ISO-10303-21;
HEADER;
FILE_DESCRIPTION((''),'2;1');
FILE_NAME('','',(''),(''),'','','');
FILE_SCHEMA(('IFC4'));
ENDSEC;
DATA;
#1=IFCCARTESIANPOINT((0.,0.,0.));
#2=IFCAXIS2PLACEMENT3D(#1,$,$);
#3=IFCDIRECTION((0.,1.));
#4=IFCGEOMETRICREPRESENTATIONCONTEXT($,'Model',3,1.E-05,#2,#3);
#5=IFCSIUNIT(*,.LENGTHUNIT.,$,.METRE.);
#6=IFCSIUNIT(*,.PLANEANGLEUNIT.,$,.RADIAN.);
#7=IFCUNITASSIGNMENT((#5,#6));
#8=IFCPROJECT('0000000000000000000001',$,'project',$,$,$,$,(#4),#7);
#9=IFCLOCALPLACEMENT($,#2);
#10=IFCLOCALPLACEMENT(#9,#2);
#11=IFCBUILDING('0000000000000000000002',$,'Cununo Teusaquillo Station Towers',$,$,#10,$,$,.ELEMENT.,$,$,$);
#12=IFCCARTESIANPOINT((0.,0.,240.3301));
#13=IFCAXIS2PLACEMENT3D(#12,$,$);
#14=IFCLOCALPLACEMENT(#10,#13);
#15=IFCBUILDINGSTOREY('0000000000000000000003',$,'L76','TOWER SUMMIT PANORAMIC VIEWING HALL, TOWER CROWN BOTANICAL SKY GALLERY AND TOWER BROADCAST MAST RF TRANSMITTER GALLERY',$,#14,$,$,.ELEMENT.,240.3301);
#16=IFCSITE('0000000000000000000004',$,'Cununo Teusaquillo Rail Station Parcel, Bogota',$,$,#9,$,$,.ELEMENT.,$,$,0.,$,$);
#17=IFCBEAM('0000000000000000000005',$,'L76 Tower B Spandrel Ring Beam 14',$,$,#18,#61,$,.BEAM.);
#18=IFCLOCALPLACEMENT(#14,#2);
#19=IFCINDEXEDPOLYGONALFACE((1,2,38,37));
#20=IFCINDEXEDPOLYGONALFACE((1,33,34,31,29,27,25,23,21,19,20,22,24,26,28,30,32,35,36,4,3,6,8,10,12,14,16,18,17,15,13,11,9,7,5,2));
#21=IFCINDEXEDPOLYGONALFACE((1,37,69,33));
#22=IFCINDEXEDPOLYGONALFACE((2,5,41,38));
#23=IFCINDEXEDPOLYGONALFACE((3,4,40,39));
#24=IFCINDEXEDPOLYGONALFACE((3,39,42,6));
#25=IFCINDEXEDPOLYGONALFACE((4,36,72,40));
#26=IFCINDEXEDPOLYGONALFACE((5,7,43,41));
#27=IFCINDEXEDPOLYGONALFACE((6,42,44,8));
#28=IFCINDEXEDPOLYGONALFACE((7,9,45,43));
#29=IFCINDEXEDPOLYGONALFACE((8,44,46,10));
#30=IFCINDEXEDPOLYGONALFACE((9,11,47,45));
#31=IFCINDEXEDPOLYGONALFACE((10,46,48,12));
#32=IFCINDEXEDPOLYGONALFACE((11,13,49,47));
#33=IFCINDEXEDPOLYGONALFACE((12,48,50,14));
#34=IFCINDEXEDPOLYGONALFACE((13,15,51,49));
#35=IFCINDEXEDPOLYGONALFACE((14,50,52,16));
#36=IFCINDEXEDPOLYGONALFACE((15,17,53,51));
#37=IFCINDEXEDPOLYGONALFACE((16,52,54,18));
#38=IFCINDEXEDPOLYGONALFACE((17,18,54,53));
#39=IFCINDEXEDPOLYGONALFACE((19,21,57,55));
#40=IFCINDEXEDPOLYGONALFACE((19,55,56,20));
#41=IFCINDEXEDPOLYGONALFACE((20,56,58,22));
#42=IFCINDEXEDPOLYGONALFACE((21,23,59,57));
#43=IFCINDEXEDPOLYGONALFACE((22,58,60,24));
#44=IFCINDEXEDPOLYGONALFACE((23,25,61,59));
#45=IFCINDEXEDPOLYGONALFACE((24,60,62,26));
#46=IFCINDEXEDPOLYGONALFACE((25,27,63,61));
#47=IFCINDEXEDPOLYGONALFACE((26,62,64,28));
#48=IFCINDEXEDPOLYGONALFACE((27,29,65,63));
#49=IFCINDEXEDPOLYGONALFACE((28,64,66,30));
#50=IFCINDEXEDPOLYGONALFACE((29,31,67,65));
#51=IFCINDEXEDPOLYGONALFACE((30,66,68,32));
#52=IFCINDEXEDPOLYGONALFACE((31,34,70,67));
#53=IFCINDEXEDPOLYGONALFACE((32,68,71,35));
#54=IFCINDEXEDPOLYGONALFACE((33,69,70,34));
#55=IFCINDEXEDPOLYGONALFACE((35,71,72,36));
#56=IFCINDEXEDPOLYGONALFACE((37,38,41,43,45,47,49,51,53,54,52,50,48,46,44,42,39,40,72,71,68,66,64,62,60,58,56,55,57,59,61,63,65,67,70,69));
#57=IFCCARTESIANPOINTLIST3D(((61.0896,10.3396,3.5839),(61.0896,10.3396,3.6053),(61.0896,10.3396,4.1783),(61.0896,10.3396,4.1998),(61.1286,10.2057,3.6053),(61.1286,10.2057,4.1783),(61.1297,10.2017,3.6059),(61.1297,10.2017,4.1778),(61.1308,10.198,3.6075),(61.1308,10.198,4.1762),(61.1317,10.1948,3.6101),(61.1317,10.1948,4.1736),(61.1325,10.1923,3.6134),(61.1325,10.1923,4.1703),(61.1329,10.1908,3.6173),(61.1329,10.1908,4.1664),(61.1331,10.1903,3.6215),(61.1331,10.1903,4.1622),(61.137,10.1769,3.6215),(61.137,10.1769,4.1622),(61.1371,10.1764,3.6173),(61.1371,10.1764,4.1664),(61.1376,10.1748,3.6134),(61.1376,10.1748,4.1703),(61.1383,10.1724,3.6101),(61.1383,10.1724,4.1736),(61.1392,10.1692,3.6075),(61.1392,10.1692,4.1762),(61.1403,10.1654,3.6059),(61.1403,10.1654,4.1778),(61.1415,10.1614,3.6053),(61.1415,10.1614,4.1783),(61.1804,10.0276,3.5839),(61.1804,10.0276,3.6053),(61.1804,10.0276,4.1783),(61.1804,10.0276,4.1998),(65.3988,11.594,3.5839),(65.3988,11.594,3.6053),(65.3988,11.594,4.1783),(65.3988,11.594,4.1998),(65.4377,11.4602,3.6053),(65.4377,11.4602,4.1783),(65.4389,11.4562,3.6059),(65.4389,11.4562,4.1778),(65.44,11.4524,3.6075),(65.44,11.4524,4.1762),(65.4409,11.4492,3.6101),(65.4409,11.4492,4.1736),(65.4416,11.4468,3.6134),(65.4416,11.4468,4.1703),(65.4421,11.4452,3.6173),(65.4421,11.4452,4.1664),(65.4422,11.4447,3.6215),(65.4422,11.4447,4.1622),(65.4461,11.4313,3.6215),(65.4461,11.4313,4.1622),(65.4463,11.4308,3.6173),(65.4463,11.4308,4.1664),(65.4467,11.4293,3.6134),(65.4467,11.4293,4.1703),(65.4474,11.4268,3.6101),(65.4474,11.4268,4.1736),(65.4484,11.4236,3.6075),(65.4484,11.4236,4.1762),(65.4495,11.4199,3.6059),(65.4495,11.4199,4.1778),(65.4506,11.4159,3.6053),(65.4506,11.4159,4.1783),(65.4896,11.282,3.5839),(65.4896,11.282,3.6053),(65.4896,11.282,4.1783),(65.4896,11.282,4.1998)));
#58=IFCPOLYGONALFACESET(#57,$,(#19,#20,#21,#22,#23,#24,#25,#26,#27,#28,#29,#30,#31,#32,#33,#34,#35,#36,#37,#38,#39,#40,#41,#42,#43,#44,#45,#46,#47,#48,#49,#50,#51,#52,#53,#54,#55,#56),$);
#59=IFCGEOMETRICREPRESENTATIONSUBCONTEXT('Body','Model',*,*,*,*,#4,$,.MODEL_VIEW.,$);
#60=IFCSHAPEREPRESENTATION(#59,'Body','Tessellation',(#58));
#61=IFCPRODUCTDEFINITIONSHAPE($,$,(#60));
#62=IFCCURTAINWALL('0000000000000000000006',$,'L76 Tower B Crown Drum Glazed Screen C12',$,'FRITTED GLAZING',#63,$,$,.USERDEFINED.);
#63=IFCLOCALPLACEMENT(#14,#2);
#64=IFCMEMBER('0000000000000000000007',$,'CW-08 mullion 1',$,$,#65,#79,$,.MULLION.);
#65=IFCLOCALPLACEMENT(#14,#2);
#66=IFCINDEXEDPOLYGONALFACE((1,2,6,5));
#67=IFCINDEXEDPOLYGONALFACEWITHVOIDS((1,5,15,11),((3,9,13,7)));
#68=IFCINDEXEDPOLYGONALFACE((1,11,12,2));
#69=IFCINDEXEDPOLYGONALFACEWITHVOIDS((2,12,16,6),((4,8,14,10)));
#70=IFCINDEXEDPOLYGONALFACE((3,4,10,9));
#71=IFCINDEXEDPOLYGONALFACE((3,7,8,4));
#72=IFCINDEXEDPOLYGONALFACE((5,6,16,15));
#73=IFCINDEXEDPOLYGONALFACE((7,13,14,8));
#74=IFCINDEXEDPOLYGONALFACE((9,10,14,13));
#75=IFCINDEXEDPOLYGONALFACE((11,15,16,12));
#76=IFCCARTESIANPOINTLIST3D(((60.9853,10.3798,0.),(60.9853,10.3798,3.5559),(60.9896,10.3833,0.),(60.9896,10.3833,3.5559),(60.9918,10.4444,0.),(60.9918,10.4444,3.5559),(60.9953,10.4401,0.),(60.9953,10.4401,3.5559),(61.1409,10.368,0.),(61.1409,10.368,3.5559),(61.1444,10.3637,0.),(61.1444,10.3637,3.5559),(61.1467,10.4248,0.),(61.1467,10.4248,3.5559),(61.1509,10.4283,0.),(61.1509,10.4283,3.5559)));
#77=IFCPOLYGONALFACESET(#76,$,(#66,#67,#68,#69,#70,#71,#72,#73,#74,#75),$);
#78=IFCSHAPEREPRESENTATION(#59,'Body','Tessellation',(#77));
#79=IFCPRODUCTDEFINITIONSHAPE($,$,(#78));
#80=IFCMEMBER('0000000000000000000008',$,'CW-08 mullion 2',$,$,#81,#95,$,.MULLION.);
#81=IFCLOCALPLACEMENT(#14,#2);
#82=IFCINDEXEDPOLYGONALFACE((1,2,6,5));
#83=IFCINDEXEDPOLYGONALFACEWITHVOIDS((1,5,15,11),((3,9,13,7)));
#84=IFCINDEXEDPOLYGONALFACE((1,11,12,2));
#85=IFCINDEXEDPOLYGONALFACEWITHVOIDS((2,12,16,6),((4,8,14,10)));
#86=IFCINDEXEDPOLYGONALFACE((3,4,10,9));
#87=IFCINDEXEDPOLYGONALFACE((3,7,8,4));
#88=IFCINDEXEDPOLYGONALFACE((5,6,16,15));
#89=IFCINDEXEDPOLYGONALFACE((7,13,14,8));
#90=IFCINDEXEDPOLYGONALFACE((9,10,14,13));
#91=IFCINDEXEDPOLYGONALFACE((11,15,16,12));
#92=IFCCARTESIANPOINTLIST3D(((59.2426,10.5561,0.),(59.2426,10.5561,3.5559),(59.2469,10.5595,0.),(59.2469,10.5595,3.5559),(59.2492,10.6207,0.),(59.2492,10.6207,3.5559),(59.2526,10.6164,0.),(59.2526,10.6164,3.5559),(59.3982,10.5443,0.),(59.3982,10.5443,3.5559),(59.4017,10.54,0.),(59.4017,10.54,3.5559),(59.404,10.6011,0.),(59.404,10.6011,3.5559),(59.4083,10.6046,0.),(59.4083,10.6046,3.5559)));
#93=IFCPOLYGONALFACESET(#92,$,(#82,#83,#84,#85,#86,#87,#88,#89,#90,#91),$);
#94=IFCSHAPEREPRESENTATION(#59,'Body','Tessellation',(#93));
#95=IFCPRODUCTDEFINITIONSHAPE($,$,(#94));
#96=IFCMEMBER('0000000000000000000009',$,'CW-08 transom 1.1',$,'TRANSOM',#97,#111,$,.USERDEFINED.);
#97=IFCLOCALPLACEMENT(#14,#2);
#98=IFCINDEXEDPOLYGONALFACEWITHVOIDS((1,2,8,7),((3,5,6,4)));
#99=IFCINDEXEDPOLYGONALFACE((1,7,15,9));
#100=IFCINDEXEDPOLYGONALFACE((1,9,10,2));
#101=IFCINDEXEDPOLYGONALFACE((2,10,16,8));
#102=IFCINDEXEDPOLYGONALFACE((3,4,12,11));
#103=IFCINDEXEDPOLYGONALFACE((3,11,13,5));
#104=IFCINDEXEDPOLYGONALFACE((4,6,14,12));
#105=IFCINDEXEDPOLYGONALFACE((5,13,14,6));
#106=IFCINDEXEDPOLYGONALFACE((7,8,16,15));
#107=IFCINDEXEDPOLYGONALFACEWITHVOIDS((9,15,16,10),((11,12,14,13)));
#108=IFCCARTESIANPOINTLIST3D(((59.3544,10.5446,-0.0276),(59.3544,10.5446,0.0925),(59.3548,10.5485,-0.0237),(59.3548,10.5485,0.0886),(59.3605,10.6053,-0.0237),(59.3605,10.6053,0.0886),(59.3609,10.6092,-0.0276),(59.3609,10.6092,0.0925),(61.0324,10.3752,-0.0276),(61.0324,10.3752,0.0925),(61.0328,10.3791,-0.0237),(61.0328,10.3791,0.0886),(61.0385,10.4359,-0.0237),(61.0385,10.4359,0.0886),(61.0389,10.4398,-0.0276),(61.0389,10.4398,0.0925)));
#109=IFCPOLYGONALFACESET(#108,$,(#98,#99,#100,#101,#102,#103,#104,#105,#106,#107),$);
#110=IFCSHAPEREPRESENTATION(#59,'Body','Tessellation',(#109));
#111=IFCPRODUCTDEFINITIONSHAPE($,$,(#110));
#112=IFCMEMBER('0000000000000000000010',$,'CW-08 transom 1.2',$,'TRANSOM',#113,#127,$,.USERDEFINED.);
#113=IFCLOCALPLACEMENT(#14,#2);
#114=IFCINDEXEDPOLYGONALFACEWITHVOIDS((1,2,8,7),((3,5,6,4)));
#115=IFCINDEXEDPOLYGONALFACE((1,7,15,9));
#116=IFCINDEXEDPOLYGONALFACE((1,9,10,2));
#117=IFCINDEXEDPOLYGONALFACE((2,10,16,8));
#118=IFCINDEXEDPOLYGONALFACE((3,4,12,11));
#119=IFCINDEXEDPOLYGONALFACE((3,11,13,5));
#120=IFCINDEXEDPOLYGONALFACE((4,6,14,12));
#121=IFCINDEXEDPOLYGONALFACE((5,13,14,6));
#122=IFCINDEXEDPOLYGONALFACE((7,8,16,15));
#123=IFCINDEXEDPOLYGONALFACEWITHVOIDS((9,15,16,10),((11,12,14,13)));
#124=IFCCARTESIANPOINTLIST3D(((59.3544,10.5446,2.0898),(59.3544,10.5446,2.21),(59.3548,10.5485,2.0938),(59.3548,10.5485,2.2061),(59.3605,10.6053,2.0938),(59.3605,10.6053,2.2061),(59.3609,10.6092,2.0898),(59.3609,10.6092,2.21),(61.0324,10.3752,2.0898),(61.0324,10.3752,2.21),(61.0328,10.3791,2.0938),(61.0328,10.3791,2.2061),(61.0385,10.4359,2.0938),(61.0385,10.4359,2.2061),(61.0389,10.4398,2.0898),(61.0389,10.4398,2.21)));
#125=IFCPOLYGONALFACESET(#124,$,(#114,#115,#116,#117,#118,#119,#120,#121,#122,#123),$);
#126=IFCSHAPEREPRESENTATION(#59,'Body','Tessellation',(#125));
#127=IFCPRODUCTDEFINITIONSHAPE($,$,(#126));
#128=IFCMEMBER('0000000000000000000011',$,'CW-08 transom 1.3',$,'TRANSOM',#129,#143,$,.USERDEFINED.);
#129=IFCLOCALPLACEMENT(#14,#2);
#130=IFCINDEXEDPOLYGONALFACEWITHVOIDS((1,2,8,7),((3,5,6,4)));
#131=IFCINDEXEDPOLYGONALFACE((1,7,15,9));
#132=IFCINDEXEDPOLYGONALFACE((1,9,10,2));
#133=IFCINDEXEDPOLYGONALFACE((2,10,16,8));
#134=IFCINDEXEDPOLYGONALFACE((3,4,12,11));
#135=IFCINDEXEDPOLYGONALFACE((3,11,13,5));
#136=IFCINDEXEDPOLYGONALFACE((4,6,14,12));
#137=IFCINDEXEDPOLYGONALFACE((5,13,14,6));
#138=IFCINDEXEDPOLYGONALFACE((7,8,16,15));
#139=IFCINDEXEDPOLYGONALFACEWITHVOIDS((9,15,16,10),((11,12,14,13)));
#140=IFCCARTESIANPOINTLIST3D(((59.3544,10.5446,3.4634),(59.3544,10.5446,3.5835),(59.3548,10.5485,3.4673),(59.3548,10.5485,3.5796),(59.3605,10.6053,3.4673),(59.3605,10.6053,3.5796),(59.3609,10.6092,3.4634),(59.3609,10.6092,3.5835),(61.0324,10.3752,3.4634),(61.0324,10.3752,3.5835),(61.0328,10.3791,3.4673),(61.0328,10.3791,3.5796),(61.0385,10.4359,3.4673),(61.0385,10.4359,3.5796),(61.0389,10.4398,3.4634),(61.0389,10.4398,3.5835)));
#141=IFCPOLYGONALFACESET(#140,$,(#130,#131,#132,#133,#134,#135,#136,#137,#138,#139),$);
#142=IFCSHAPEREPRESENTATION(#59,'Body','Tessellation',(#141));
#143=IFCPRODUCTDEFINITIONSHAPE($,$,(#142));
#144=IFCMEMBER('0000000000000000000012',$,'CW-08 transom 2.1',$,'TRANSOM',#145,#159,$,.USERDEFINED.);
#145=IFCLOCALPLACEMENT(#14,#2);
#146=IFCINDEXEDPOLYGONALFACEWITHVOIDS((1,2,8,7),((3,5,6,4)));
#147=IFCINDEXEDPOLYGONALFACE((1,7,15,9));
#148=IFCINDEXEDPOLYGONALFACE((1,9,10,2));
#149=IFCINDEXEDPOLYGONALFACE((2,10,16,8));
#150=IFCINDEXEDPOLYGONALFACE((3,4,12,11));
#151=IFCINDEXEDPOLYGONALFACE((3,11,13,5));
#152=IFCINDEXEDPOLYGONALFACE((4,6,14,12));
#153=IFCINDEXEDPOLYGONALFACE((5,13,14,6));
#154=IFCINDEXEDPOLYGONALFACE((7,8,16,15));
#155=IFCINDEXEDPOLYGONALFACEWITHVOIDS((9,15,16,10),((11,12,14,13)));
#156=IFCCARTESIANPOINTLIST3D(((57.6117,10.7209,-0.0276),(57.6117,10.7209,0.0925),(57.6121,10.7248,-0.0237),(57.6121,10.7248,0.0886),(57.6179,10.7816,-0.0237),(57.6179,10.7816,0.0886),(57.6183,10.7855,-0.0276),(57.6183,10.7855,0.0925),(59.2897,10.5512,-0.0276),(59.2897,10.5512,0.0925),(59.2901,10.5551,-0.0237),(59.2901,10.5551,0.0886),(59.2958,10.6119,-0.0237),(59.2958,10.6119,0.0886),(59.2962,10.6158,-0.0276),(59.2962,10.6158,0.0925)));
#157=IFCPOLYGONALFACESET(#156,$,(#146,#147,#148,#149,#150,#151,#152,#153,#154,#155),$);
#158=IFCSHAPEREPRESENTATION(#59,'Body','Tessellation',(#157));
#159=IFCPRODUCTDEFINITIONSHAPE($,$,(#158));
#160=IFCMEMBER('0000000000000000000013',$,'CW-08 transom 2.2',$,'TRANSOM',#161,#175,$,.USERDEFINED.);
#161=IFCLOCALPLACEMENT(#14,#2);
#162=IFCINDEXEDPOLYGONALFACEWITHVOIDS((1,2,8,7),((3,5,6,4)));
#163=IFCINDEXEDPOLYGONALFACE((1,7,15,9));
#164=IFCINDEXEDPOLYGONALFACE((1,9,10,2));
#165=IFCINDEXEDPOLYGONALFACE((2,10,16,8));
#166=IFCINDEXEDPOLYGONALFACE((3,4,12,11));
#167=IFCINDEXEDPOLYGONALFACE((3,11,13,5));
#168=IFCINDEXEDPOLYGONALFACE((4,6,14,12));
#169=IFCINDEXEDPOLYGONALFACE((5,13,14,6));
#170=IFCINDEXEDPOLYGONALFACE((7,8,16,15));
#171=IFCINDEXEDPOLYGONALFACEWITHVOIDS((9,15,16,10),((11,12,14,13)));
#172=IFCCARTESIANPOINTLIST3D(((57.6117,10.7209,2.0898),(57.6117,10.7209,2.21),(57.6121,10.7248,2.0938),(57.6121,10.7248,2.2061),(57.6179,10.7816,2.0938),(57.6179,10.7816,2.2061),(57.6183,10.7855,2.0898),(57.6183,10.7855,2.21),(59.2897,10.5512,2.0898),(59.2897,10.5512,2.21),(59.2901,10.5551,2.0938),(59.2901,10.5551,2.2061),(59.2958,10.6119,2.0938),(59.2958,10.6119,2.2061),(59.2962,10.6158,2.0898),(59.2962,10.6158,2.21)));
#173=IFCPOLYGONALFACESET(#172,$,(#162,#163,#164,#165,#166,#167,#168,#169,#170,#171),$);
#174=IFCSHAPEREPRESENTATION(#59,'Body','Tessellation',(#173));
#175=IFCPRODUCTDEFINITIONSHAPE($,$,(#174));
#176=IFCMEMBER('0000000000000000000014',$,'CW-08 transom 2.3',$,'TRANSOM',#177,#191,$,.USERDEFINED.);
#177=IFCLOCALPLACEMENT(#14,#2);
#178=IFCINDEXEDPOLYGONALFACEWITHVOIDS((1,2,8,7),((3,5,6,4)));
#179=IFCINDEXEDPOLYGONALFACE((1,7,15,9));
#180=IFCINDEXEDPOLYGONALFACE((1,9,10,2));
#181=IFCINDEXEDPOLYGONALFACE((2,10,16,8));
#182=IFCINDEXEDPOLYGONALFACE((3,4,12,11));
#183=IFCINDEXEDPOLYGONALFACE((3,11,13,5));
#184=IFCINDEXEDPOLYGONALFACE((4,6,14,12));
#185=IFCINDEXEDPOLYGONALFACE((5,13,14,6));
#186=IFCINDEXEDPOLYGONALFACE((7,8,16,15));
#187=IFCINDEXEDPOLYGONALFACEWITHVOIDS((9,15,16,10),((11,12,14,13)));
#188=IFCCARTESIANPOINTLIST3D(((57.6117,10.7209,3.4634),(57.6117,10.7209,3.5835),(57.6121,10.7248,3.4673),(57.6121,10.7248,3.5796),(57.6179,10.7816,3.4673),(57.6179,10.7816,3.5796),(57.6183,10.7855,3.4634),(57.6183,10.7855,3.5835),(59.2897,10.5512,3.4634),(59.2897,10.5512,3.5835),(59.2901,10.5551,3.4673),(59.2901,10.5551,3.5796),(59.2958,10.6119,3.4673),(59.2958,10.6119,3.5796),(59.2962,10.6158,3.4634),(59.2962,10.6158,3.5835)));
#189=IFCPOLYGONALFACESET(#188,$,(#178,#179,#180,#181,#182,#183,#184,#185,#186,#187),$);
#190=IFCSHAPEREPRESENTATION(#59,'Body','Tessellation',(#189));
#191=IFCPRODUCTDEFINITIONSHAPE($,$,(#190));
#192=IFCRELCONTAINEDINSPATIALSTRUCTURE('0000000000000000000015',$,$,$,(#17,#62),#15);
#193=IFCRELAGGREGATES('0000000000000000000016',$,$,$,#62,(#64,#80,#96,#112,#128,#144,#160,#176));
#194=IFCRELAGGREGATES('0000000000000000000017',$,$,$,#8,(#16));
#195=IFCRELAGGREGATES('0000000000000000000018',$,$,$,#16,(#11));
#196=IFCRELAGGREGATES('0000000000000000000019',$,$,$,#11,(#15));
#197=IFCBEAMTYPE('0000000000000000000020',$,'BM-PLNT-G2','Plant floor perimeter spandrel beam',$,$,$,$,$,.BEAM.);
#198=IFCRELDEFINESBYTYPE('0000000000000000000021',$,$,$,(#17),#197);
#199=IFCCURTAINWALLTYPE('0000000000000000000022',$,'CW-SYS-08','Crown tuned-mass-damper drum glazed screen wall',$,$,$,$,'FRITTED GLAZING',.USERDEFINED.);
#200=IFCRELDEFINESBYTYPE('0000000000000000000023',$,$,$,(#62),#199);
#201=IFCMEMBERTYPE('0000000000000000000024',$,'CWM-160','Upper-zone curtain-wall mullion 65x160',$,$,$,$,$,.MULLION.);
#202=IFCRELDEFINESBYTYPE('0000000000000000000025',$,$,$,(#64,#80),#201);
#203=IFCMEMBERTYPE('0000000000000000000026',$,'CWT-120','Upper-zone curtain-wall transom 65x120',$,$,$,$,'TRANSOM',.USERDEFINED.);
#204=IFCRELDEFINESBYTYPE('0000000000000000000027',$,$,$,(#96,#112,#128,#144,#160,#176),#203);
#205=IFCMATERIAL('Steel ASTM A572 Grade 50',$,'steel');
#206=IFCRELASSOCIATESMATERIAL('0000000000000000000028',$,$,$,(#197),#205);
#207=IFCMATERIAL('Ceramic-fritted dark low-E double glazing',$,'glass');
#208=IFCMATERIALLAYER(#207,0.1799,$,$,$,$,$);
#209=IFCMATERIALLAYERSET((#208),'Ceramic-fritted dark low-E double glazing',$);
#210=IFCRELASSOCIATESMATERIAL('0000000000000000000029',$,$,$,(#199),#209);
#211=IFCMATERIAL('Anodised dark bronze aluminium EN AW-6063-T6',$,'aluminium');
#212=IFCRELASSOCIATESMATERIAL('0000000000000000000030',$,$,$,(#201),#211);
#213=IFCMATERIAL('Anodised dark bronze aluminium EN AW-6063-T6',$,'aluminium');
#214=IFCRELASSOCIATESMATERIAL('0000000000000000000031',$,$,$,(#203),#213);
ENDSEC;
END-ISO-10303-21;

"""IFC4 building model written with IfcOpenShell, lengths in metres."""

from ifc_helpers import new_model, si_unit, direction, frame, origin, origin_2d, place, context, subcontext, project, spatial, hollow_rectangle, i_section, extrude, material, layer, layer_set, material_profile, profile_set, type_object, element, aggregate, save


model = new_model("IFC4")

# Units and contexts
model_context = context("Model", 3, precision=1e-05, world=origin(), true_north=direction((0.0, 1.0)))
body_context = subcontext(model_context, "Body", "Model", "MODEL_VIEW")
ifc_project = project(units=[si_unit("LENGTHUNIT", "METRE"), si_unit("PLANEANGLEUNIT", "RADIAN")], contexts=[model_context])

# Site, building, storey
site_placement = place(None, origin())
site = spatial("IfcSite", under=ifc_project, at=site_placement, Name="Cununo Teusaquillo Rail Station Parcel, Bogota", CompositionType="ELEMENT", RefElevation=0.0)
building_placement = place(site_placement, origin())
building = spatial("IfcBuilding", under=site, at=building_placement, Name="Cununo Teusaquillo Station Towers", CompositionType="ELEMENT")
storey_placement = place(building_placement, frame((0.0, 0.0, 240.3301)))
storey = spatial("IfcBuildingStorey", under=building, at=storey_placement, Name="L76", Description="TOWER SUMMIT PANORAMIC VIEWING HALL, TOWER CROWN BOTANICAL SKY GALLERY AND TOWER BROADCAST MAST RF TRANSMITTER GALLERY", CompositionType="ELEMENT", Elevation=240.3301)

# Beam
ifc_material_1 = material(Name="Steel ASTM A572 Grade 50", Category="steel")
ifc_material_profile_1 = material_profile(ifc_material_1, i_section(OverallWidth=0.325, OverallDepth=0.616, WebThickness=0.0139, FlangeThickness=0.0215, FilletRadius=0.0161, at=origin_2d()), Name="W24X117")
ifc_profile_set_1 = profile_set([ifc_material_profile_1], Name="Steel ASTM A572 Grade 50")
beam_type_1 = type_object("IfcBeamType", Name="BM-PLNT-G2", Description="Plant floor perimeter spandrel beam", PredefinedType="BEAM", material=ifc_profile_set_1)
beam_1_placement = place(storey_placement, frame((61.135, 10.1836, 3.8918), z_axis=(0.960145, 0.279503, 0.0), x_axis=(-0.279503, 0.960145, 0.0)))
element("IfcBeam", 1, at=beam_1_placement, inside=storey, type_object=beam_type_1, Name="L76 Tower B Spandrel Ring Beam 14", PredefinedType="BEAM", context=body_context, shape_type="SweptSolid", body=[
    extrude(i_section(OverallWidth=0.325, OverallDepth=0.616, WebThickness=0.0139, FlangeThickness=0.0215, FilletRadius=0.0161, at=origin_2d()), origin(), (0.0, 0.0, 1.0), 4.488),
])

# Curtain wall, members
ifc_material_2 = material(Name="Ceramic-fritted dark low-E double glazing", Category="glass")
ifc_layer_1 = layer(ifc_material_2, 0.1799)
ifc_layer_set_1 = layer_set([ifc_layer_1], Name="Ceramic-fritted dark low-E double glazing")
curtain_wall_type = type_object("IfcCurtainWallType", Name="CW-SYS-08", Description="Crown tuned-mass-damper drum glazed screen wall", ElementType="FRITTED GLAZING", PredefinedType="USERDEFINED", material=ifc_layer_set_1)
curtain_wall_placement = place(storey_placement, origin())
curtain_wall = element("IfcCurtainWall", 2, at=curtain_wall_placement, inside=storey, type_object=curtain_wall_type, Name="L76 Tower B Crown Drum Glazed Screen C12", ObjectType="FRITTED GLAZING", PredefinedType="USERDEFINED")
ifc_material_3 = material(Name="Anodised dark bronze aluminium EN AW-6063-T6", Category="aluminium")
ifc_material_profile_2 = material_profile(ifc_material_3, hollow_rectangle(XDim=0.0649, YDim=0.1599, WallThickness=0.0039, at=origin_2d()), Name="CW-MULL-65x160")
ifc_profile_set_2 = profile_set([ifc_material_profile_2], Name="Anodised dark bronze aluminium EN AW-6063-T6")
member_type_1 = type_object("IfcMemberType", Name="CWM-160", Description="Upper-zone curtain-wall mullion 65x160", PredefinedType="MULLION", material=ifc_profile_set_2)
member_1_placement = place(storey_placement, frame((61.0681, 10.4041, 0.0), z_axis=(0.0, 0.0, 1.0), x_axis=(-0.100528, -0.994934, 0.0)))
member_1 = element("IfcMember", 3, at=member_1_placement, type_object=member_type_1, Name="CW-08 mullion 1", PredefinedType="MULLION", context=body_context, shape_type="SweptSolid", body=[
    extrude(hollow_rectangle(XDim=0.0649, YDim=0.1599, WallThickness=0.0039, at=origin_2d()), origin(), (0.0, 0.0, 1.0), 3.5559),
])
member_2_placement = place(storey_placement, frame((59.3254, 10.5803, 0.0), z_axis=(0.0, 0.0, 1.0), x_axis=(-0.100528, -0.994934, 0.0)))
member_2 = element("IfcMember", 4, at=member_2_placement, type_object=member_type_1, Name="CW-08 mullion 2", PredefinedType="MULLION", context=body_context, shape_type="SweptSolid", body=[
    extrude(hollow_rectangle(XDim=0.0649, YDim=0.1599, WallThickness=0.0039, at=origin_2d()), origin(), (0.0, 0.0, 1.0), 3.5559),
])
ifc_material_4 = material(Name="Anodised dark bronze aluminium EN AW-6063-T6", Category="aluminium")
ifc_material_profile_3 = material_profile(ifc_material_4, hollow_rectangle(XDim=0.0649, YDim=0.1201, WallThickness=0.0039, at=origin_2d()), Name="CW-TRAN-65x120")
ifc_profile_set_3 = profile_set([ifc_material_profile_3], Name="Anodised dark bronze aluminium EN AW-6063-T6")
member_type_2 = type_object("IfcMemberType", Name="CWT-120", Description="Upper-zone curtain-wall transom 65x120", ElementType="TRANSOM", PredefinedType="USERDEFINED", material=ifc_profile_set_3)
member_3_placement = place(storey_placement, frame((61.0356, 10.4075, 0.0325), z_axis=(-0.994941, 0.100464, 0.0), x_axis=(-0.100464, -0.994941, 0.0)))
member_3 = element("IfcMember", 5, at=member_3_placement, type_object=member_type_2, Name="CW-08 transom 1.1", ObjectType="TRANSOM", PredefinedType="USERDEFINED", context=body_context, shape_type="SweptSolid", body=[
    extrude(hollow_rectangle(XDim=0.0649, YDim=0.1201, WallThickness=0.0039, at=origin_2d()), origin(), (0.0, 0.0, 1.0), 1.6865),
])
member_4_placement = place(storey_placement, frame((61.0356, 10.4075, 2.1499), z_axis=(-0.994941, 0.100464, 0.0), x_axis=(-0.100464, -0.994941, 0.0)))
member_4 = element("IfcMember", 6, at=member_4_placement, type_object=member_type_2, Name="CW-08 transom 1.2", ObjectType="TRANSOM", PredefinedType="USERDEFINED", context=body_context, shape_type="SweptSolid", body=[
    extrude(hollow_rectangle(XDim=0.0649, YDim=0.1201, WallThickness=0.0039, at=origin_2d()), origin(), (0.0, 0.0, 1.0), 1.6865),
])
member_5_placement = place(storey_placement, frame((61.0356, 10.4075, 3.5234), z_axis=(-0.994941, 0.100464, 0.0), x_axis=(-0.100464, -0.994941, 0.0)))
member_5 = element("IfcMember", 7, at=member_5_placement, type_object=member_type_2, Name="CW-08 transom 1.3", ObjectType="TRANSOM", PredefinedType="USERDEFINED", context=body_context, shape_type="SweptSolid", body=[
    extrude(hollow_rectangle(XDim=0.0649, YDim=0.1201, WallThickness=0.0039, at=origin_2d()), origin(), (0.0, 0.0, 1.0), 1.6865),
])
member_6_placement = place(storey_placement, frame((59.293, 10.5835, 0.0325), z_axis=(-0.994926, 0.100607, 0.0), x_axis=(-0.100607, -0.994926, 0.0)))
member_6 = element("IfcMember", 8, at=member_6_placement, type_object=member_type_2, Name="CW-08 transom 2.1", ObjectType="TRANSOM", PredefinedType="USERDEFINED", context=body_context, shape_type="SweptSolid", body=[
    extrude(hollow_rectangle(XDim=0.0649, YDim=0.1201, WallThickness=0.0039, at=origin_2d()), origin(), (0.0, 0.0, 1.0), 1.6865),
])
member_7_placement = place(storey_placement, frame((59.293, 10.5835, 2.1499), z_axis=(-0.994926, 0.100607, 0.0), x_axis=(-0.100607, -0.994926, 0.0)))
member_7 = element("IfcMember", 9, at=member_7_placement, type_object=member_type_2, Name="CW-08 transom 2.2", ObjectType="TRANSOM", PredefinedType="USERDEFINED", context=body_context, shape_type="SweptSolid", body=[
    extrude(hollow_rectangle(XDim=0.0649, YDim=0.1201, WallThickness=0.0039, at=origin_2d()), origin(), (0.0, 0.0, 1.0), 1.6865),
])
member_8_placement = place(storey_placement, frame((59.293, 10.5835, 3.5234), z_axis=(-0.994926, 0.100607, 0.0), x_axis=(-0.100607, -0.994926, 0.0)))
member_8 = element("IfcMember", 10, at=member_8_placement, type_object=member_type_2, Name="CW-08 transom 2.3", ObjectType="TRANSOM", PredefinedType="USERDEFINED", context=body_context, shape_type="SweptSolid", body=[
    extrude(hollow_rectangle(XDim=0.0649, YDim=0.1201, WallThickness=0.0039, at=origin_2d()), origin(), (0.0, 0.0, 1.0), 1.6865),
])

aggregate(curtain_wall, [member_1, member_2, member_3, member_4, member_5, member_6, member_7, member_8])

save(model, "model.ifc")
